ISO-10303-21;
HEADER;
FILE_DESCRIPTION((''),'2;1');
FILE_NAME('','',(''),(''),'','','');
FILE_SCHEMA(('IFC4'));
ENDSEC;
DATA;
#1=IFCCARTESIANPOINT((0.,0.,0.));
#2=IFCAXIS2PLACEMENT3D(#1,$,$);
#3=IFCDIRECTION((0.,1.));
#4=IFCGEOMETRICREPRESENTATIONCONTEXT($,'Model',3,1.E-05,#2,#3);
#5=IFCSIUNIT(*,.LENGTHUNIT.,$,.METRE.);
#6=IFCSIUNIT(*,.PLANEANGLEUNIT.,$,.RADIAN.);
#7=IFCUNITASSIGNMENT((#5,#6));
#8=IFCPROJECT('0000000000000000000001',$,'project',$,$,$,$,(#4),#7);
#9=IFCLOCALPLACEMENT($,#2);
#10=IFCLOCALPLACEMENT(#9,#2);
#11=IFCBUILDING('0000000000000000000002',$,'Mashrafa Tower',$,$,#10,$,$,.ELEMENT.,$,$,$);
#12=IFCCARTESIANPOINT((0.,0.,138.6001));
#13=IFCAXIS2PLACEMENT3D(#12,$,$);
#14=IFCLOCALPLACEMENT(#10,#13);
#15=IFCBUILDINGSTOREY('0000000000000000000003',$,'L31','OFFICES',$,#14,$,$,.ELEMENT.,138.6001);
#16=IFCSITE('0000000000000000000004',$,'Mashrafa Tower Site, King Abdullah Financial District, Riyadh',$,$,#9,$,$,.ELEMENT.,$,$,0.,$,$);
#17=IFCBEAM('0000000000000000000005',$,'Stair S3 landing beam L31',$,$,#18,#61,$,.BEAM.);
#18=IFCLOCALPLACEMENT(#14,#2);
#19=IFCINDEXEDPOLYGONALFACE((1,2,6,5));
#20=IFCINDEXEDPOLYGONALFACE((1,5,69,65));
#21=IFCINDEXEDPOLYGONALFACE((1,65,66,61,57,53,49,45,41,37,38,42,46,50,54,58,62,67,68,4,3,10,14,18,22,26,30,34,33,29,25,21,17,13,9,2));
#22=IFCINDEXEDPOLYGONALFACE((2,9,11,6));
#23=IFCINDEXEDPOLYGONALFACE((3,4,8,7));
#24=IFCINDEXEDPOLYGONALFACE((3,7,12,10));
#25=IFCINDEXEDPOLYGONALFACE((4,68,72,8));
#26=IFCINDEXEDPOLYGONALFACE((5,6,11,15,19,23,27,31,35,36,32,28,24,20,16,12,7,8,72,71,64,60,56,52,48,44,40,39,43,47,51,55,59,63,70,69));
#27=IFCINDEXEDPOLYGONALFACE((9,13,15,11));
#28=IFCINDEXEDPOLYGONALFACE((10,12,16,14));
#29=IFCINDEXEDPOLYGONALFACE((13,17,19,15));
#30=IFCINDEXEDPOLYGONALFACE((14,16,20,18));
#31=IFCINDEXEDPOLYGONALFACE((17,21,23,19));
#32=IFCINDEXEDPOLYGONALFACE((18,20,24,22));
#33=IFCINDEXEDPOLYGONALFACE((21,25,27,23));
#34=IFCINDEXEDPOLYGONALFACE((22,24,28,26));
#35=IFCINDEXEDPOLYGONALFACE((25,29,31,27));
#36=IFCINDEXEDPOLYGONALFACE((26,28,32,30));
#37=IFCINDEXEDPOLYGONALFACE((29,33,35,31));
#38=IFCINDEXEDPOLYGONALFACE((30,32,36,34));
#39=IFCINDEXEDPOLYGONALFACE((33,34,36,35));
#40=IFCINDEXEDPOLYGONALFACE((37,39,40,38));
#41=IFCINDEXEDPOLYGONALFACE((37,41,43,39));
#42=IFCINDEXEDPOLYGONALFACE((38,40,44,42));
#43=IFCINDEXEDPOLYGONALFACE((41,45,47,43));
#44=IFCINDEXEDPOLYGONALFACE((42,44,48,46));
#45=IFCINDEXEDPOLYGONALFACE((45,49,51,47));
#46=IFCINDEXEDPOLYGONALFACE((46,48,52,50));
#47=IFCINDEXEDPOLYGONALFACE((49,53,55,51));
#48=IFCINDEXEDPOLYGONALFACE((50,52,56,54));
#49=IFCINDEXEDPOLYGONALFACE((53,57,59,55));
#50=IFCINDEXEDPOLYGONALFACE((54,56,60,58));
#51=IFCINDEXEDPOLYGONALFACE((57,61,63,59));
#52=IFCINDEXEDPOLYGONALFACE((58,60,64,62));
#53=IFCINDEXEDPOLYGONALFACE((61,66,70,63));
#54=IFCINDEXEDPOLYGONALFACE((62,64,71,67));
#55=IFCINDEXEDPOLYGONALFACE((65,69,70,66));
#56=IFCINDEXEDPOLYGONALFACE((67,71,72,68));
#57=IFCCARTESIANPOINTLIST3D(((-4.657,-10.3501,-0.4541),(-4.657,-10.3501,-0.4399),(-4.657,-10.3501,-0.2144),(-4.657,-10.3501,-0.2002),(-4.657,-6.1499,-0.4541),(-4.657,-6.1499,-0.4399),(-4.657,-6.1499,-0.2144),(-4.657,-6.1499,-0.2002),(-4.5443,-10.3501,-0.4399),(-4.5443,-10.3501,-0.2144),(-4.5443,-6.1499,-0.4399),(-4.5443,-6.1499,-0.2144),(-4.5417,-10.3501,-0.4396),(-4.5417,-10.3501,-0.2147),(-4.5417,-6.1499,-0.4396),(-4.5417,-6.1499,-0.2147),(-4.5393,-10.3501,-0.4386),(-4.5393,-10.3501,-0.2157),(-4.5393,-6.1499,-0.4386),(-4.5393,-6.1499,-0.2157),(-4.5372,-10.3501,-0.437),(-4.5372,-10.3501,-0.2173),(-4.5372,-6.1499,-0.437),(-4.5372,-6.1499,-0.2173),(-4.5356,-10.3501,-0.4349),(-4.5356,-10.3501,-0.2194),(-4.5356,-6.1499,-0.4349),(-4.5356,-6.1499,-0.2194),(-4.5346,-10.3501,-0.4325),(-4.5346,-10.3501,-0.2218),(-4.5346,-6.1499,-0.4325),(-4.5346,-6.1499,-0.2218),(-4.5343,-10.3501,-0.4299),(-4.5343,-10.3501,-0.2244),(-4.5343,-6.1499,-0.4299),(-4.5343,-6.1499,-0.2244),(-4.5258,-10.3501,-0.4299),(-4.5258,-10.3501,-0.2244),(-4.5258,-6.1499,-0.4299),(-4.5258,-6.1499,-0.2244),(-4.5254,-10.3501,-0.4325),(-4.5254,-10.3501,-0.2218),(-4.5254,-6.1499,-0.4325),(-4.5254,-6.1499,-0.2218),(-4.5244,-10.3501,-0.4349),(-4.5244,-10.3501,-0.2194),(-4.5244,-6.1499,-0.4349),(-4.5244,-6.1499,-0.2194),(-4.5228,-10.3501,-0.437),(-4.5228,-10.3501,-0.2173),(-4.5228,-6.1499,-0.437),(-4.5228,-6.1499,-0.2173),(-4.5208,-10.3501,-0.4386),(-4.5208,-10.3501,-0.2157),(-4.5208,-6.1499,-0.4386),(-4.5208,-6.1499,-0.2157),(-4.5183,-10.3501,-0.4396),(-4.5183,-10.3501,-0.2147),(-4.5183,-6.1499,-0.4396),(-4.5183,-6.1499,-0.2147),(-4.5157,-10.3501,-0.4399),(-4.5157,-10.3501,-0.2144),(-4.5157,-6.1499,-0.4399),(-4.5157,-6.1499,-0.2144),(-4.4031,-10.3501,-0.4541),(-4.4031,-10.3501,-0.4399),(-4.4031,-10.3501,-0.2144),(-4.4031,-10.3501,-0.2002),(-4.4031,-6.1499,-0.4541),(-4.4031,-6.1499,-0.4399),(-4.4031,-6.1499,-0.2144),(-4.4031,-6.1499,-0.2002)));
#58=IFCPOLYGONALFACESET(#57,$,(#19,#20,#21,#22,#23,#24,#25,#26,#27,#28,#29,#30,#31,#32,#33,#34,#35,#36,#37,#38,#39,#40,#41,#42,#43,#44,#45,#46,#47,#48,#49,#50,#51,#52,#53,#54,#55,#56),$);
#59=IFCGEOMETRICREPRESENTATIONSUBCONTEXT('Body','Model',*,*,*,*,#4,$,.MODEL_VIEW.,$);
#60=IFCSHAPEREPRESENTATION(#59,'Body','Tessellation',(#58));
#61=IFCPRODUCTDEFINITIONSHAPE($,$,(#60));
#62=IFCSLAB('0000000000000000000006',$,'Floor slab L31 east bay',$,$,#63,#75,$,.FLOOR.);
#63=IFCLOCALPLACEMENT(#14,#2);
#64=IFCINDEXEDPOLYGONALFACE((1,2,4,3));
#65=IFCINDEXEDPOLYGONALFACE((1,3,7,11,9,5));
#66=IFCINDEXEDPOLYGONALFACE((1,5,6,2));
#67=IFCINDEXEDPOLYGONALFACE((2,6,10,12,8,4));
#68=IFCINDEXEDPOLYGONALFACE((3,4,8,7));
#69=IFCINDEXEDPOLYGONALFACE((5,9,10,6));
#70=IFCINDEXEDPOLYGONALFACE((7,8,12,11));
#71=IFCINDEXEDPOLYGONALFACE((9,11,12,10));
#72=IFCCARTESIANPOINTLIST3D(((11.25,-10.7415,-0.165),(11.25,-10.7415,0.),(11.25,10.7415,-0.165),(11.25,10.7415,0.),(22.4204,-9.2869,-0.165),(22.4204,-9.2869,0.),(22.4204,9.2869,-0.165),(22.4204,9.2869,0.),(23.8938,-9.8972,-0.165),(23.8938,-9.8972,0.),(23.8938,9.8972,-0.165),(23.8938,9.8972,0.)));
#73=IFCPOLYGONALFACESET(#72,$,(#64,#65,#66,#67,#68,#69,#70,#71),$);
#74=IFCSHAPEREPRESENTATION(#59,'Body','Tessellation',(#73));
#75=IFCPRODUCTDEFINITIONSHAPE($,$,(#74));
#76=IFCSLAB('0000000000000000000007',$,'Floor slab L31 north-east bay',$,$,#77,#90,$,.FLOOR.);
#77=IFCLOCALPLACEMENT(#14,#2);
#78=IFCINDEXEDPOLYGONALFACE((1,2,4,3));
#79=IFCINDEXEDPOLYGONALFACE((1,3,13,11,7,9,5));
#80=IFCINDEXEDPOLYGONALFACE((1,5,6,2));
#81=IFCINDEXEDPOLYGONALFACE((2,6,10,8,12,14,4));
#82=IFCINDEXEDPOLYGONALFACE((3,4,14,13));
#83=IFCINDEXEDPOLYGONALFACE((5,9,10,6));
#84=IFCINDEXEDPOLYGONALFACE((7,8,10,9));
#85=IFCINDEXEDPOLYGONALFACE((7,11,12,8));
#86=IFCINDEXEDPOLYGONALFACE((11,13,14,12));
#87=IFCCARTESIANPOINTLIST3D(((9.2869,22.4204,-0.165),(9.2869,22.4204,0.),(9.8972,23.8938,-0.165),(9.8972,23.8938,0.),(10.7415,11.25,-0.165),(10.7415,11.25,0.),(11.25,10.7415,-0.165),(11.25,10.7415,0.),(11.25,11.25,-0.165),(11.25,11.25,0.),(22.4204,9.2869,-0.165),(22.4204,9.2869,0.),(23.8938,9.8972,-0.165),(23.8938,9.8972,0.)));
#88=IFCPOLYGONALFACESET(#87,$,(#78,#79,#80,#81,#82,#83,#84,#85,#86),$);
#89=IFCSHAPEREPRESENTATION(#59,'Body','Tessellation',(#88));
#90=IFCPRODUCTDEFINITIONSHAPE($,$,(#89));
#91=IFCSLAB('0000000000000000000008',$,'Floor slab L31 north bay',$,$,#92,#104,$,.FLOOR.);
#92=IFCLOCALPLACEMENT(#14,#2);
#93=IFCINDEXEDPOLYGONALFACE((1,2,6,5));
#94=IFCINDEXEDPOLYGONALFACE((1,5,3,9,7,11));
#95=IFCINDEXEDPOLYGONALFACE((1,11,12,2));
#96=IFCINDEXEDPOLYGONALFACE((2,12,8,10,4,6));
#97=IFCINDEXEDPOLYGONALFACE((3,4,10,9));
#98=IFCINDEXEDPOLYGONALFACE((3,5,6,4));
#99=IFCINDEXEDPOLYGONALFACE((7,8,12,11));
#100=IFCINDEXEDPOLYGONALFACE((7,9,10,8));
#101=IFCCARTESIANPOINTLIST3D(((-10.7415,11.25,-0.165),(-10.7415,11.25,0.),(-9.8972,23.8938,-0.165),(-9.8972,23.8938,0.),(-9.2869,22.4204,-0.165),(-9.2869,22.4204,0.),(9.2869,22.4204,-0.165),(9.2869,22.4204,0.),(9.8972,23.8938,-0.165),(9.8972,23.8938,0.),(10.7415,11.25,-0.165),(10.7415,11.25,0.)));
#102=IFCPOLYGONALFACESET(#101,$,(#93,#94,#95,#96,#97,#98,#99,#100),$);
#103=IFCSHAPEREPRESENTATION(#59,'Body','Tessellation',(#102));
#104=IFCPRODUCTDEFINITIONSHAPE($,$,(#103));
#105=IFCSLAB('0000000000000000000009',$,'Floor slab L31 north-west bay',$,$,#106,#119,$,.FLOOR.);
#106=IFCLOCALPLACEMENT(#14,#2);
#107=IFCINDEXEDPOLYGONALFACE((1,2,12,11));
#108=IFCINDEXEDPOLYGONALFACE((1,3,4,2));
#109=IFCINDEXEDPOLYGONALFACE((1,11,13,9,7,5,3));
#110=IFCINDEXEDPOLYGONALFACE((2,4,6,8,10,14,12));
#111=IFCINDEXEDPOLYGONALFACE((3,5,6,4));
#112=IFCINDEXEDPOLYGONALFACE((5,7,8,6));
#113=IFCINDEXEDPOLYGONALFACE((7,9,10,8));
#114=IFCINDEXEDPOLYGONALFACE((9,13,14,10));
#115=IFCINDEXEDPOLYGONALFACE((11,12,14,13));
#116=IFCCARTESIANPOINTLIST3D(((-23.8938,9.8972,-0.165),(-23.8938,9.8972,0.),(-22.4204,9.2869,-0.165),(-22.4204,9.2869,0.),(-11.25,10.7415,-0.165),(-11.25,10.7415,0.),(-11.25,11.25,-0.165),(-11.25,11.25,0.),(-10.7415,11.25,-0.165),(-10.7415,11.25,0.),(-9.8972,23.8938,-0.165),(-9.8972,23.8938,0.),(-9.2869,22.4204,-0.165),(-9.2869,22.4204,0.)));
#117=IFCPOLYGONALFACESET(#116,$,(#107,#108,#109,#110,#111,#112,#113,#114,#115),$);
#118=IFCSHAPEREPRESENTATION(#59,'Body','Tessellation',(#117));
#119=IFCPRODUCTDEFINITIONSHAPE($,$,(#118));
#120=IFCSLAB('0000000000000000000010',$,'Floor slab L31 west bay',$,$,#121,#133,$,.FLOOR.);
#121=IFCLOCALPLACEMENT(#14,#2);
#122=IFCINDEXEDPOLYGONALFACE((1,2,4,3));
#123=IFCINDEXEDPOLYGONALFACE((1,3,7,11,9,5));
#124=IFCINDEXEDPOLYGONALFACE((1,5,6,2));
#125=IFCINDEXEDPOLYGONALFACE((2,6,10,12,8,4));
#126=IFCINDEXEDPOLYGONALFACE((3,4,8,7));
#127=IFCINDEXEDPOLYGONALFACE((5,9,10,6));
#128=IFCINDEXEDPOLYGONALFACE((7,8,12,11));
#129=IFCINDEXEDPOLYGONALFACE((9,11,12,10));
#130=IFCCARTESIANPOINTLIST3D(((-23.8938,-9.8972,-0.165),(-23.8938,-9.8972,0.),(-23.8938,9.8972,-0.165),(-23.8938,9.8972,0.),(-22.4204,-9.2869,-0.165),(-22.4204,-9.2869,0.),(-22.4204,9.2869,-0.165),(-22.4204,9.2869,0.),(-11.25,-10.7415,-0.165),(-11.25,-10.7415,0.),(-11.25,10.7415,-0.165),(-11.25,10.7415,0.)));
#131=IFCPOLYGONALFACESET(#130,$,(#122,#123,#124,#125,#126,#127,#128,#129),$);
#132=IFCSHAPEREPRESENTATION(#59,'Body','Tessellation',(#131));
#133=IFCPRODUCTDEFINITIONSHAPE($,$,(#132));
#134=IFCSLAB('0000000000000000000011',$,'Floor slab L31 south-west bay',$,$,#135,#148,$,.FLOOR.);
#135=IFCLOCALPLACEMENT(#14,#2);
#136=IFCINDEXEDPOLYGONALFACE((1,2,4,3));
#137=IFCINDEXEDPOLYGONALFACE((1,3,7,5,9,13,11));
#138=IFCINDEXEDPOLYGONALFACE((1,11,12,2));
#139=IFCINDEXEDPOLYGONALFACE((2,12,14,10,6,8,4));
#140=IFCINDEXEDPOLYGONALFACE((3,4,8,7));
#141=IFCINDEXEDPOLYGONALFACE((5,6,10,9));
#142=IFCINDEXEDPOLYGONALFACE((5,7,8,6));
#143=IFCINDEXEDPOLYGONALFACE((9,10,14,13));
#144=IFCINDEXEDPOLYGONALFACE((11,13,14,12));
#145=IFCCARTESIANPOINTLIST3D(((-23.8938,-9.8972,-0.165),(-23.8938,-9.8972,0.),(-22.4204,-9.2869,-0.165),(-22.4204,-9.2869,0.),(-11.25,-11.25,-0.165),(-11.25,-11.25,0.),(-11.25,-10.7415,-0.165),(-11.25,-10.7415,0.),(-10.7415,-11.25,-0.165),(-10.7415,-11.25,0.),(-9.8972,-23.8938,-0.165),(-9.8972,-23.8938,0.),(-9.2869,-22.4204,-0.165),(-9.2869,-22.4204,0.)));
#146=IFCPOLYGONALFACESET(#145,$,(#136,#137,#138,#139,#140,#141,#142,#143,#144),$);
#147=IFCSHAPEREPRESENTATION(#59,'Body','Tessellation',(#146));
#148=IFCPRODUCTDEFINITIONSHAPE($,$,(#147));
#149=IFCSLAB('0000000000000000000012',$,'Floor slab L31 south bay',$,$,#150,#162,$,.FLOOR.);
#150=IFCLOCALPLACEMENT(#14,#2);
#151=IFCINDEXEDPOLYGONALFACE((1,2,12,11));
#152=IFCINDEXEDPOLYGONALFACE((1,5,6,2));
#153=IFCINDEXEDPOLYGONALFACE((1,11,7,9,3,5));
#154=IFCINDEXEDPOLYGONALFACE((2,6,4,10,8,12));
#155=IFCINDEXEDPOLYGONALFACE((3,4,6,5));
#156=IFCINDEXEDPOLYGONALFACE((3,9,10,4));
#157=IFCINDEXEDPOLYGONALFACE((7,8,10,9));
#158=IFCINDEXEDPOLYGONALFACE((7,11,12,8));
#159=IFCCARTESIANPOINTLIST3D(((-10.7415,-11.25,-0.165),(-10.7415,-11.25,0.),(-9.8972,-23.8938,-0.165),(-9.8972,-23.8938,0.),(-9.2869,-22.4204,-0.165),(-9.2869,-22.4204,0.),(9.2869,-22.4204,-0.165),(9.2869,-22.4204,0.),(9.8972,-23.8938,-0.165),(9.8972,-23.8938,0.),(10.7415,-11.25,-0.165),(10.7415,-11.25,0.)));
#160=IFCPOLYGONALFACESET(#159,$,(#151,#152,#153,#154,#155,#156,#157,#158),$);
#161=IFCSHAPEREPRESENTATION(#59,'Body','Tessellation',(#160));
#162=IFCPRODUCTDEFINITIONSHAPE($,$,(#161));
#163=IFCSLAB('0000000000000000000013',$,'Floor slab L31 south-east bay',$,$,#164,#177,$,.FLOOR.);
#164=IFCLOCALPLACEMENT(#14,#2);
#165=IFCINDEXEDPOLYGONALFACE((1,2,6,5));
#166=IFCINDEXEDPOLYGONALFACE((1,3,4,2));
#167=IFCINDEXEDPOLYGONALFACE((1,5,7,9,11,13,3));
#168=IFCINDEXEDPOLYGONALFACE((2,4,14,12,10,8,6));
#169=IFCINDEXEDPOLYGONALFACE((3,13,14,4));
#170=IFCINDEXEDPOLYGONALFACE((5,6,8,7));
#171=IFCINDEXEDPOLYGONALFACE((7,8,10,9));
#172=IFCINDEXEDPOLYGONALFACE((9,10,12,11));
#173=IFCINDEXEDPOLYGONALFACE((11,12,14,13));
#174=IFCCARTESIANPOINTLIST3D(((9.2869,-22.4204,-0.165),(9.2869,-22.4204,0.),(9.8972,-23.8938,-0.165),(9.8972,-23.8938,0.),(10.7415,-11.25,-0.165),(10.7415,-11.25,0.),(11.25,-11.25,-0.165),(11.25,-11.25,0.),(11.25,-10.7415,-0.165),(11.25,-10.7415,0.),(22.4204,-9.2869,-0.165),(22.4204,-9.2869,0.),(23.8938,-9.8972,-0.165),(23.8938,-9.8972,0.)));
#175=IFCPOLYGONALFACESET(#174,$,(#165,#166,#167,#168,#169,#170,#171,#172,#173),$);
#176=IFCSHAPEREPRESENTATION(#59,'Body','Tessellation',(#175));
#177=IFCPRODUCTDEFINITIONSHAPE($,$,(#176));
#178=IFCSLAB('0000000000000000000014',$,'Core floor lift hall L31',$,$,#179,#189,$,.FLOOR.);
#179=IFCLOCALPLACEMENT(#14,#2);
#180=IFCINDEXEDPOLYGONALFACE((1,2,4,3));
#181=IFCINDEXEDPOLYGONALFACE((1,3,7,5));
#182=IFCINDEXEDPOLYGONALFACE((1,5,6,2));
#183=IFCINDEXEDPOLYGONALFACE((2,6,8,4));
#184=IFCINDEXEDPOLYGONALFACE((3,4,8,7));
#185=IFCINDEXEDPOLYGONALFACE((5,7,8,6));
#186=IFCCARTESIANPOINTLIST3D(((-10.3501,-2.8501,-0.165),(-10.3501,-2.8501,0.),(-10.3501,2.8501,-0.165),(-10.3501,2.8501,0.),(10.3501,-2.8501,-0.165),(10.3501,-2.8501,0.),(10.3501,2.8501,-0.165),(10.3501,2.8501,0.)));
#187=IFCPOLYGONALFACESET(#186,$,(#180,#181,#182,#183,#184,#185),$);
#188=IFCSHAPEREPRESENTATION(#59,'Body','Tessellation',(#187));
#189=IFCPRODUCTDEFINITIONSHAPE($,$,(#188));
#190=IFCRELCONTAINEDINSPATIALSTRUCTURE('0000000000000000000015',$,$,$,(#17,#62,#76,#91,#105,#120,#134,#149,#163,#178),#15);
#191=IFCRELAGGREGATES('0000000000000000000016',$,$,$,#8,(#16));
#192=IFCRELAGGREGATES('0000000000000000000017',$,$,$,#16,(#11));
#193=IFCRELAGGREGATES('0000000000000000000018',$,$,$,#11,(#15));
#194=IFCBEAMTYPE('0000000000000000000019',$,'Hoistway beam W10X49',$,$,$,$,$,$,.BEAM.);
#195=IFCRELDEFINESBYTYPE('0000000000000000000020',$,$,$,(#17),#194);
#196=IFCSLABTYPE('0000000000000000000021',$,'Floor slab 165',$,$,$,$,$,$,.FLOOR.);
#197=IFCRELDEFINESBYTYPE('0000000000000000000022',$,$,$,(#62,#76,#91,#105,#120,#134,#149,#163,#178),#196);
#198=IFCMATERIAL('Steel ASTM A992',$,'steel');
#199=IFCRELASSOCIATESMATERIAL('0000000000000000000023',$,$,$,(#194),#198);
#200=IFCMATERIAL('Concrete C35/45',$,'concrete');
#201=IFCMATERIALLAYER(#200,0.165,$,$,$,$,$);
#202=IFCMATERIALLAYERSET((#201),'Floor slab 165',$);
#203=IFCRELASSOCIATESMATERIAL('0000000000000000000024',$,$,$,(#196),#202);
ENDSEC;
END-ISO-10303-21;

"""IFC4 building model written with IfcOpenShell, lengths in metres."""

from ifc_helpers import new_model, si_unit, direction, frame, origin, origin_2d, place, context, subcontext, project, spatial, polyline, i_section, outline, extrude, material, layer, layer_set, material_profile, profile_set, type_object, element, save


model = new_model("IFC4")

# Units and contexts
model_context = context("Model", 3, precision=1e-05, world=origin(), true_north=direction((0.0, 1.0)))
body_context = subcontext(model_context, "Body", "Model", "MODEL_VIEW")
ifc_project = project(units=[si_unit("LENGTHUNIT", "METRE"), si_unit("PLANEANGLEUNIT", "RADIAN")], contexts=[model_context])

# Site, building, storey
site_placement = place(None, origin())
site = spatial("IfcSite", under=ifc_project, at=site_placement, Name="Mashrafa Tower Site, King Abdullah Financial District, Riyadh", CompositionType="ELEMENT", RefElevation=0.0)
building_placement = place(site_placement, origin())
building = spatial("IfcBuilding", under=site, at=building_placement, Name="Mashrafa Tower", CompositionType="ELEMENT")
storey_placement = place(building_placement, frame((0.0, 0.0, 138.6001)))
storey = spatial("IfcBuildingStorey", under=building, at=storey_placement, Name="L31", Description="OFFICES", CompositionType="ELEMENT", Elevation=138.6001)

# Beam
ifc_material_1 = material(Name="Steel ASTM A992", Category="steel")
ifc_material_profile_1 = material_profile(ifc_material_1, i_section(OverallWidth=0.2539, OverallDepth=0.2539, WebThickness=0.0085, FlangeThickness=0.0142, FilletRadius=0.01, at=origin_2d()), Name="W10X49")
ifc_profile_set_1 = profile_set([ifc_material_profile_1], Name="Steel ASTM A992")
beam_type_1 = type_object("IfcBeamType", Name="Hoistway beam W10X49", PredefinedType="BEAM", material=ifc_profile_set_1)
beam_1_placement = place(storey_placement, frame((-4.53, -10.3501, -0.3271), z_axis=(0.0, 1.0, 0.0), x_axis=(-1.0, 0.0, 0.0)))
element("IfcBeam", 1, at=beam_1_placement, inside=storey, type_object=beam_type_1, Name="Stair S3 landing beam L31", PredefinedType="BEAM", context=body_context, shape_type="SweptSolid", body=[
    extrude(i_section(OverallWidth=0.2539, OverallDepth=0.2539, WebThickness=0.0085, FlangeThickness=0.0142, FilletRadius=0.01, at=origin_2d()), origin(), (0.0, 0.0, 1.0), 4.2002),
])

# Slabs
ifc_material_2 = material(Name="Concrete C35/45", Category="concrete")
ifc_layer_1 = layer(ifc_material_2, 0.165)
ifc_layer_set_1 = layer_set([ifc_layer_1], Name="Floor slab 165")
slab_type = type_object("IfcSlabType", Name="Floor slab 165", PredefinedType="FLOOR", material=ifc_layer_set_1)
slab_1_placement = place(storey_placement, frame((0.0, 0.0, -0.165)))
element("IfcSlab", 2, at=slab_1_placement, inside=storey, type_object=slab_type, Name="Floor slab L31 east bay", PredefinedType="FLOOR", context=body_context, shape_type="SweptSolid", body=[
    extrude(outline(polyline([(23.8938, -9.8972), (22.4204, -9.2869), (11.25, -10.7415), (11.25, 10.7415), (22.4204, 9.2869), (23.8938, 9.8972), (23.8938, -9.8972)])), origin(), (0.0, 0.0, 1.0), 0.165),
])
slab_2_placement = place(storey_placement, frame((0.0, 0.0, -0.165)))
element("IfcSlab", 3, at=slab_2_placement, inside=storey, type_object=slab_type, Name="Floor slab L31 north-east bay", PredefinedType="FLOOR", context=body_context, shape_type="SweptSolid", body=[
    extrude(outline(polyline([(9.8972, 23.8938), (23.8938, 9.8972), (23.8938, 9.8972), (22.4204, 9.2869), (11.25, 10.7415), (11.25, 11.25), (10.7415, 11.25), (9.2869, 22.4204), (9.8972, 23.8938), (9.8972, 23.8938)])), origin(), (0.0, 0.0, 1.0), 0.165),
])
slab_3_placement = place(storey_placement, frame((0.0, 0.0, -0.165)))
element("IfcSlab", 4, at=slab_3_placement, inside=storey, type_object=slab_type, Name="Floor slab L31 north bay", PredefinedType="FLOOR", context=body_context, shape_type="SweptSolid", body=[
    extrude(outline(polyline([(9.8972, 23.8938), (9.2869, 22.4204), (10.7415, 11.25), (-10.7415, 11.25), (-9.2869, 22.4204), (-9.8972, 23.8938), (9.8972, 23.8938)])), origin(), (0.0, 0.0, 1.0), 0.165),
])
slab_4_placement = place(storey_placement, frame((0.0, 0.0, -0.165)))
element("IfcSlab", 5, at=slab_4_placement, inside=storey, type_object=slab_type, Name="Floor slab L31 north-west bay", PredefinedType="FLOOR", context=body_context, shape_type="SweptSolid", body=[
    extrude(outline(polyline([(-23.8938, 9.8972), (-9.8972, 23.8938), (-9.8972, 23.8938), (-9.2869, 22.4204), (-10.7415, 11.25), (-11.25, 11.25), (-11.25, 10.7415), (-22.4204, 9.2869), (-23.8938, 9.8972), (-23.8938, 9.8972)])), origin(), (0.0, 0.0, 1.0), 0.165),
])
slab_5_placement = place(storey_placement, frame((0.0, 0.0, -0.165)))
element("IfcSlab", 6, at=slab_5_placement, inside=storey, type_object=slab_type, Name="Floor slab L31 west bay", PredefinedType="FLOOR", context=body_context, shape_type="SweptSolid", body=[
    extrude(outline(polyline([(-23.8938, 9.8972), (-22.4204, 9.2869), (-11.25, 10.7415), (-11.25, -10.7415), (-22.4204, -9.2869), (-23.8938, -9.8972), (-23.8938, 9.8972)])), origin(), (0.0, 0.0, 1.0), 0.165),
])
slab_6_placement = place(storey_placement, frame((0.0, 0.0, -0.165)))
element("IfcSlab", 7, at=slab_6_placement, inside=storey, type_object=slab_type, Name="Floor slab L31 south-west bay", PredefinedType="FLOOR", context=body_context, shape_type="SweptSolid", body=[
    extrude(outline(polyline([(-9.8972, -23.8938), (-23.8938, -9.8972), (-23.8938, -9.8972), (-22.4204, -9.2869), (-11.25, -10.7415), (-11.25, -11.25), (-10.7415, -11.25), (-9.2869, -22.4204), (-9.8972, -23.8938), (-9.8972, -23.8938)])), origin(), (0.0, 0.0, 1.0), 0.165),
])
slab_7_placement = place(storey_placement, frame((0.0, 0.0, -0.165)))
element("IfcSlab", 8, at=slab_7_placement, inside=storey, type_object=slab_type, Name="Floor slab L31 south bay", PredefinedType="FLOOR", context=body_context, shape_type="SweptSolid", body=[
    extrude(outline(polyline([(-9.8972, -23.8938), (-9.2869, -22.4204), (-10.7415, -11.25), (10.7415, -11.25), (9.2869, -22.4204), (9.8972, -23.8938), (-9.8972, -23.8938)])), origin(), (0.0, 0.0, 1.0), 0.165),
])
slab_8_placement = place(storey_placement, frame((0.0, 0.0, -0.165)))
element("IfcSlab", 9, at=slab_8_placement, inside=storey, type_object=slab_type, Name="Floor slab L31 south-east bay", PredefinedType="FLOOR", context=body_context, shape_type="SweptSolid", body=[
    extrude(outline(polyline([(9.8972, -23.8938), (9.2869, -22.4204), (10.7415, -11.25), (11.25, -11.25), (11.25, -10.7415), (22.4204, -9.2869), (23.8938, -9.8972), (23.8938, -9.8972), (9.8972, -23.8938), (9.8972, -23.8938)])), origin(), (0.0, 0.0, 1.0), 0.165),
])
slab_9_placement = place(storey_placement, frame((0.0, 0.0, -0.165)))
element("IfcSlab", 10, at=slab_9_placement, inside=storey, type_object=slab_type, Name="Core floor lift hall L31", PredefinedType="FLOOR", context=body_context, shape_type="SweptSolid", body=[
    extrude(outline(polyline([(-10.3501, 2.8501), (10.3501, 2.8501), (10.3501, -2.8501), (-10.3501, -2.8501), (-10.3501, 2.8501)])), origin(), (0.0, 0.0, 1.0), 0.165),
])

save(model, "model.ifc")
